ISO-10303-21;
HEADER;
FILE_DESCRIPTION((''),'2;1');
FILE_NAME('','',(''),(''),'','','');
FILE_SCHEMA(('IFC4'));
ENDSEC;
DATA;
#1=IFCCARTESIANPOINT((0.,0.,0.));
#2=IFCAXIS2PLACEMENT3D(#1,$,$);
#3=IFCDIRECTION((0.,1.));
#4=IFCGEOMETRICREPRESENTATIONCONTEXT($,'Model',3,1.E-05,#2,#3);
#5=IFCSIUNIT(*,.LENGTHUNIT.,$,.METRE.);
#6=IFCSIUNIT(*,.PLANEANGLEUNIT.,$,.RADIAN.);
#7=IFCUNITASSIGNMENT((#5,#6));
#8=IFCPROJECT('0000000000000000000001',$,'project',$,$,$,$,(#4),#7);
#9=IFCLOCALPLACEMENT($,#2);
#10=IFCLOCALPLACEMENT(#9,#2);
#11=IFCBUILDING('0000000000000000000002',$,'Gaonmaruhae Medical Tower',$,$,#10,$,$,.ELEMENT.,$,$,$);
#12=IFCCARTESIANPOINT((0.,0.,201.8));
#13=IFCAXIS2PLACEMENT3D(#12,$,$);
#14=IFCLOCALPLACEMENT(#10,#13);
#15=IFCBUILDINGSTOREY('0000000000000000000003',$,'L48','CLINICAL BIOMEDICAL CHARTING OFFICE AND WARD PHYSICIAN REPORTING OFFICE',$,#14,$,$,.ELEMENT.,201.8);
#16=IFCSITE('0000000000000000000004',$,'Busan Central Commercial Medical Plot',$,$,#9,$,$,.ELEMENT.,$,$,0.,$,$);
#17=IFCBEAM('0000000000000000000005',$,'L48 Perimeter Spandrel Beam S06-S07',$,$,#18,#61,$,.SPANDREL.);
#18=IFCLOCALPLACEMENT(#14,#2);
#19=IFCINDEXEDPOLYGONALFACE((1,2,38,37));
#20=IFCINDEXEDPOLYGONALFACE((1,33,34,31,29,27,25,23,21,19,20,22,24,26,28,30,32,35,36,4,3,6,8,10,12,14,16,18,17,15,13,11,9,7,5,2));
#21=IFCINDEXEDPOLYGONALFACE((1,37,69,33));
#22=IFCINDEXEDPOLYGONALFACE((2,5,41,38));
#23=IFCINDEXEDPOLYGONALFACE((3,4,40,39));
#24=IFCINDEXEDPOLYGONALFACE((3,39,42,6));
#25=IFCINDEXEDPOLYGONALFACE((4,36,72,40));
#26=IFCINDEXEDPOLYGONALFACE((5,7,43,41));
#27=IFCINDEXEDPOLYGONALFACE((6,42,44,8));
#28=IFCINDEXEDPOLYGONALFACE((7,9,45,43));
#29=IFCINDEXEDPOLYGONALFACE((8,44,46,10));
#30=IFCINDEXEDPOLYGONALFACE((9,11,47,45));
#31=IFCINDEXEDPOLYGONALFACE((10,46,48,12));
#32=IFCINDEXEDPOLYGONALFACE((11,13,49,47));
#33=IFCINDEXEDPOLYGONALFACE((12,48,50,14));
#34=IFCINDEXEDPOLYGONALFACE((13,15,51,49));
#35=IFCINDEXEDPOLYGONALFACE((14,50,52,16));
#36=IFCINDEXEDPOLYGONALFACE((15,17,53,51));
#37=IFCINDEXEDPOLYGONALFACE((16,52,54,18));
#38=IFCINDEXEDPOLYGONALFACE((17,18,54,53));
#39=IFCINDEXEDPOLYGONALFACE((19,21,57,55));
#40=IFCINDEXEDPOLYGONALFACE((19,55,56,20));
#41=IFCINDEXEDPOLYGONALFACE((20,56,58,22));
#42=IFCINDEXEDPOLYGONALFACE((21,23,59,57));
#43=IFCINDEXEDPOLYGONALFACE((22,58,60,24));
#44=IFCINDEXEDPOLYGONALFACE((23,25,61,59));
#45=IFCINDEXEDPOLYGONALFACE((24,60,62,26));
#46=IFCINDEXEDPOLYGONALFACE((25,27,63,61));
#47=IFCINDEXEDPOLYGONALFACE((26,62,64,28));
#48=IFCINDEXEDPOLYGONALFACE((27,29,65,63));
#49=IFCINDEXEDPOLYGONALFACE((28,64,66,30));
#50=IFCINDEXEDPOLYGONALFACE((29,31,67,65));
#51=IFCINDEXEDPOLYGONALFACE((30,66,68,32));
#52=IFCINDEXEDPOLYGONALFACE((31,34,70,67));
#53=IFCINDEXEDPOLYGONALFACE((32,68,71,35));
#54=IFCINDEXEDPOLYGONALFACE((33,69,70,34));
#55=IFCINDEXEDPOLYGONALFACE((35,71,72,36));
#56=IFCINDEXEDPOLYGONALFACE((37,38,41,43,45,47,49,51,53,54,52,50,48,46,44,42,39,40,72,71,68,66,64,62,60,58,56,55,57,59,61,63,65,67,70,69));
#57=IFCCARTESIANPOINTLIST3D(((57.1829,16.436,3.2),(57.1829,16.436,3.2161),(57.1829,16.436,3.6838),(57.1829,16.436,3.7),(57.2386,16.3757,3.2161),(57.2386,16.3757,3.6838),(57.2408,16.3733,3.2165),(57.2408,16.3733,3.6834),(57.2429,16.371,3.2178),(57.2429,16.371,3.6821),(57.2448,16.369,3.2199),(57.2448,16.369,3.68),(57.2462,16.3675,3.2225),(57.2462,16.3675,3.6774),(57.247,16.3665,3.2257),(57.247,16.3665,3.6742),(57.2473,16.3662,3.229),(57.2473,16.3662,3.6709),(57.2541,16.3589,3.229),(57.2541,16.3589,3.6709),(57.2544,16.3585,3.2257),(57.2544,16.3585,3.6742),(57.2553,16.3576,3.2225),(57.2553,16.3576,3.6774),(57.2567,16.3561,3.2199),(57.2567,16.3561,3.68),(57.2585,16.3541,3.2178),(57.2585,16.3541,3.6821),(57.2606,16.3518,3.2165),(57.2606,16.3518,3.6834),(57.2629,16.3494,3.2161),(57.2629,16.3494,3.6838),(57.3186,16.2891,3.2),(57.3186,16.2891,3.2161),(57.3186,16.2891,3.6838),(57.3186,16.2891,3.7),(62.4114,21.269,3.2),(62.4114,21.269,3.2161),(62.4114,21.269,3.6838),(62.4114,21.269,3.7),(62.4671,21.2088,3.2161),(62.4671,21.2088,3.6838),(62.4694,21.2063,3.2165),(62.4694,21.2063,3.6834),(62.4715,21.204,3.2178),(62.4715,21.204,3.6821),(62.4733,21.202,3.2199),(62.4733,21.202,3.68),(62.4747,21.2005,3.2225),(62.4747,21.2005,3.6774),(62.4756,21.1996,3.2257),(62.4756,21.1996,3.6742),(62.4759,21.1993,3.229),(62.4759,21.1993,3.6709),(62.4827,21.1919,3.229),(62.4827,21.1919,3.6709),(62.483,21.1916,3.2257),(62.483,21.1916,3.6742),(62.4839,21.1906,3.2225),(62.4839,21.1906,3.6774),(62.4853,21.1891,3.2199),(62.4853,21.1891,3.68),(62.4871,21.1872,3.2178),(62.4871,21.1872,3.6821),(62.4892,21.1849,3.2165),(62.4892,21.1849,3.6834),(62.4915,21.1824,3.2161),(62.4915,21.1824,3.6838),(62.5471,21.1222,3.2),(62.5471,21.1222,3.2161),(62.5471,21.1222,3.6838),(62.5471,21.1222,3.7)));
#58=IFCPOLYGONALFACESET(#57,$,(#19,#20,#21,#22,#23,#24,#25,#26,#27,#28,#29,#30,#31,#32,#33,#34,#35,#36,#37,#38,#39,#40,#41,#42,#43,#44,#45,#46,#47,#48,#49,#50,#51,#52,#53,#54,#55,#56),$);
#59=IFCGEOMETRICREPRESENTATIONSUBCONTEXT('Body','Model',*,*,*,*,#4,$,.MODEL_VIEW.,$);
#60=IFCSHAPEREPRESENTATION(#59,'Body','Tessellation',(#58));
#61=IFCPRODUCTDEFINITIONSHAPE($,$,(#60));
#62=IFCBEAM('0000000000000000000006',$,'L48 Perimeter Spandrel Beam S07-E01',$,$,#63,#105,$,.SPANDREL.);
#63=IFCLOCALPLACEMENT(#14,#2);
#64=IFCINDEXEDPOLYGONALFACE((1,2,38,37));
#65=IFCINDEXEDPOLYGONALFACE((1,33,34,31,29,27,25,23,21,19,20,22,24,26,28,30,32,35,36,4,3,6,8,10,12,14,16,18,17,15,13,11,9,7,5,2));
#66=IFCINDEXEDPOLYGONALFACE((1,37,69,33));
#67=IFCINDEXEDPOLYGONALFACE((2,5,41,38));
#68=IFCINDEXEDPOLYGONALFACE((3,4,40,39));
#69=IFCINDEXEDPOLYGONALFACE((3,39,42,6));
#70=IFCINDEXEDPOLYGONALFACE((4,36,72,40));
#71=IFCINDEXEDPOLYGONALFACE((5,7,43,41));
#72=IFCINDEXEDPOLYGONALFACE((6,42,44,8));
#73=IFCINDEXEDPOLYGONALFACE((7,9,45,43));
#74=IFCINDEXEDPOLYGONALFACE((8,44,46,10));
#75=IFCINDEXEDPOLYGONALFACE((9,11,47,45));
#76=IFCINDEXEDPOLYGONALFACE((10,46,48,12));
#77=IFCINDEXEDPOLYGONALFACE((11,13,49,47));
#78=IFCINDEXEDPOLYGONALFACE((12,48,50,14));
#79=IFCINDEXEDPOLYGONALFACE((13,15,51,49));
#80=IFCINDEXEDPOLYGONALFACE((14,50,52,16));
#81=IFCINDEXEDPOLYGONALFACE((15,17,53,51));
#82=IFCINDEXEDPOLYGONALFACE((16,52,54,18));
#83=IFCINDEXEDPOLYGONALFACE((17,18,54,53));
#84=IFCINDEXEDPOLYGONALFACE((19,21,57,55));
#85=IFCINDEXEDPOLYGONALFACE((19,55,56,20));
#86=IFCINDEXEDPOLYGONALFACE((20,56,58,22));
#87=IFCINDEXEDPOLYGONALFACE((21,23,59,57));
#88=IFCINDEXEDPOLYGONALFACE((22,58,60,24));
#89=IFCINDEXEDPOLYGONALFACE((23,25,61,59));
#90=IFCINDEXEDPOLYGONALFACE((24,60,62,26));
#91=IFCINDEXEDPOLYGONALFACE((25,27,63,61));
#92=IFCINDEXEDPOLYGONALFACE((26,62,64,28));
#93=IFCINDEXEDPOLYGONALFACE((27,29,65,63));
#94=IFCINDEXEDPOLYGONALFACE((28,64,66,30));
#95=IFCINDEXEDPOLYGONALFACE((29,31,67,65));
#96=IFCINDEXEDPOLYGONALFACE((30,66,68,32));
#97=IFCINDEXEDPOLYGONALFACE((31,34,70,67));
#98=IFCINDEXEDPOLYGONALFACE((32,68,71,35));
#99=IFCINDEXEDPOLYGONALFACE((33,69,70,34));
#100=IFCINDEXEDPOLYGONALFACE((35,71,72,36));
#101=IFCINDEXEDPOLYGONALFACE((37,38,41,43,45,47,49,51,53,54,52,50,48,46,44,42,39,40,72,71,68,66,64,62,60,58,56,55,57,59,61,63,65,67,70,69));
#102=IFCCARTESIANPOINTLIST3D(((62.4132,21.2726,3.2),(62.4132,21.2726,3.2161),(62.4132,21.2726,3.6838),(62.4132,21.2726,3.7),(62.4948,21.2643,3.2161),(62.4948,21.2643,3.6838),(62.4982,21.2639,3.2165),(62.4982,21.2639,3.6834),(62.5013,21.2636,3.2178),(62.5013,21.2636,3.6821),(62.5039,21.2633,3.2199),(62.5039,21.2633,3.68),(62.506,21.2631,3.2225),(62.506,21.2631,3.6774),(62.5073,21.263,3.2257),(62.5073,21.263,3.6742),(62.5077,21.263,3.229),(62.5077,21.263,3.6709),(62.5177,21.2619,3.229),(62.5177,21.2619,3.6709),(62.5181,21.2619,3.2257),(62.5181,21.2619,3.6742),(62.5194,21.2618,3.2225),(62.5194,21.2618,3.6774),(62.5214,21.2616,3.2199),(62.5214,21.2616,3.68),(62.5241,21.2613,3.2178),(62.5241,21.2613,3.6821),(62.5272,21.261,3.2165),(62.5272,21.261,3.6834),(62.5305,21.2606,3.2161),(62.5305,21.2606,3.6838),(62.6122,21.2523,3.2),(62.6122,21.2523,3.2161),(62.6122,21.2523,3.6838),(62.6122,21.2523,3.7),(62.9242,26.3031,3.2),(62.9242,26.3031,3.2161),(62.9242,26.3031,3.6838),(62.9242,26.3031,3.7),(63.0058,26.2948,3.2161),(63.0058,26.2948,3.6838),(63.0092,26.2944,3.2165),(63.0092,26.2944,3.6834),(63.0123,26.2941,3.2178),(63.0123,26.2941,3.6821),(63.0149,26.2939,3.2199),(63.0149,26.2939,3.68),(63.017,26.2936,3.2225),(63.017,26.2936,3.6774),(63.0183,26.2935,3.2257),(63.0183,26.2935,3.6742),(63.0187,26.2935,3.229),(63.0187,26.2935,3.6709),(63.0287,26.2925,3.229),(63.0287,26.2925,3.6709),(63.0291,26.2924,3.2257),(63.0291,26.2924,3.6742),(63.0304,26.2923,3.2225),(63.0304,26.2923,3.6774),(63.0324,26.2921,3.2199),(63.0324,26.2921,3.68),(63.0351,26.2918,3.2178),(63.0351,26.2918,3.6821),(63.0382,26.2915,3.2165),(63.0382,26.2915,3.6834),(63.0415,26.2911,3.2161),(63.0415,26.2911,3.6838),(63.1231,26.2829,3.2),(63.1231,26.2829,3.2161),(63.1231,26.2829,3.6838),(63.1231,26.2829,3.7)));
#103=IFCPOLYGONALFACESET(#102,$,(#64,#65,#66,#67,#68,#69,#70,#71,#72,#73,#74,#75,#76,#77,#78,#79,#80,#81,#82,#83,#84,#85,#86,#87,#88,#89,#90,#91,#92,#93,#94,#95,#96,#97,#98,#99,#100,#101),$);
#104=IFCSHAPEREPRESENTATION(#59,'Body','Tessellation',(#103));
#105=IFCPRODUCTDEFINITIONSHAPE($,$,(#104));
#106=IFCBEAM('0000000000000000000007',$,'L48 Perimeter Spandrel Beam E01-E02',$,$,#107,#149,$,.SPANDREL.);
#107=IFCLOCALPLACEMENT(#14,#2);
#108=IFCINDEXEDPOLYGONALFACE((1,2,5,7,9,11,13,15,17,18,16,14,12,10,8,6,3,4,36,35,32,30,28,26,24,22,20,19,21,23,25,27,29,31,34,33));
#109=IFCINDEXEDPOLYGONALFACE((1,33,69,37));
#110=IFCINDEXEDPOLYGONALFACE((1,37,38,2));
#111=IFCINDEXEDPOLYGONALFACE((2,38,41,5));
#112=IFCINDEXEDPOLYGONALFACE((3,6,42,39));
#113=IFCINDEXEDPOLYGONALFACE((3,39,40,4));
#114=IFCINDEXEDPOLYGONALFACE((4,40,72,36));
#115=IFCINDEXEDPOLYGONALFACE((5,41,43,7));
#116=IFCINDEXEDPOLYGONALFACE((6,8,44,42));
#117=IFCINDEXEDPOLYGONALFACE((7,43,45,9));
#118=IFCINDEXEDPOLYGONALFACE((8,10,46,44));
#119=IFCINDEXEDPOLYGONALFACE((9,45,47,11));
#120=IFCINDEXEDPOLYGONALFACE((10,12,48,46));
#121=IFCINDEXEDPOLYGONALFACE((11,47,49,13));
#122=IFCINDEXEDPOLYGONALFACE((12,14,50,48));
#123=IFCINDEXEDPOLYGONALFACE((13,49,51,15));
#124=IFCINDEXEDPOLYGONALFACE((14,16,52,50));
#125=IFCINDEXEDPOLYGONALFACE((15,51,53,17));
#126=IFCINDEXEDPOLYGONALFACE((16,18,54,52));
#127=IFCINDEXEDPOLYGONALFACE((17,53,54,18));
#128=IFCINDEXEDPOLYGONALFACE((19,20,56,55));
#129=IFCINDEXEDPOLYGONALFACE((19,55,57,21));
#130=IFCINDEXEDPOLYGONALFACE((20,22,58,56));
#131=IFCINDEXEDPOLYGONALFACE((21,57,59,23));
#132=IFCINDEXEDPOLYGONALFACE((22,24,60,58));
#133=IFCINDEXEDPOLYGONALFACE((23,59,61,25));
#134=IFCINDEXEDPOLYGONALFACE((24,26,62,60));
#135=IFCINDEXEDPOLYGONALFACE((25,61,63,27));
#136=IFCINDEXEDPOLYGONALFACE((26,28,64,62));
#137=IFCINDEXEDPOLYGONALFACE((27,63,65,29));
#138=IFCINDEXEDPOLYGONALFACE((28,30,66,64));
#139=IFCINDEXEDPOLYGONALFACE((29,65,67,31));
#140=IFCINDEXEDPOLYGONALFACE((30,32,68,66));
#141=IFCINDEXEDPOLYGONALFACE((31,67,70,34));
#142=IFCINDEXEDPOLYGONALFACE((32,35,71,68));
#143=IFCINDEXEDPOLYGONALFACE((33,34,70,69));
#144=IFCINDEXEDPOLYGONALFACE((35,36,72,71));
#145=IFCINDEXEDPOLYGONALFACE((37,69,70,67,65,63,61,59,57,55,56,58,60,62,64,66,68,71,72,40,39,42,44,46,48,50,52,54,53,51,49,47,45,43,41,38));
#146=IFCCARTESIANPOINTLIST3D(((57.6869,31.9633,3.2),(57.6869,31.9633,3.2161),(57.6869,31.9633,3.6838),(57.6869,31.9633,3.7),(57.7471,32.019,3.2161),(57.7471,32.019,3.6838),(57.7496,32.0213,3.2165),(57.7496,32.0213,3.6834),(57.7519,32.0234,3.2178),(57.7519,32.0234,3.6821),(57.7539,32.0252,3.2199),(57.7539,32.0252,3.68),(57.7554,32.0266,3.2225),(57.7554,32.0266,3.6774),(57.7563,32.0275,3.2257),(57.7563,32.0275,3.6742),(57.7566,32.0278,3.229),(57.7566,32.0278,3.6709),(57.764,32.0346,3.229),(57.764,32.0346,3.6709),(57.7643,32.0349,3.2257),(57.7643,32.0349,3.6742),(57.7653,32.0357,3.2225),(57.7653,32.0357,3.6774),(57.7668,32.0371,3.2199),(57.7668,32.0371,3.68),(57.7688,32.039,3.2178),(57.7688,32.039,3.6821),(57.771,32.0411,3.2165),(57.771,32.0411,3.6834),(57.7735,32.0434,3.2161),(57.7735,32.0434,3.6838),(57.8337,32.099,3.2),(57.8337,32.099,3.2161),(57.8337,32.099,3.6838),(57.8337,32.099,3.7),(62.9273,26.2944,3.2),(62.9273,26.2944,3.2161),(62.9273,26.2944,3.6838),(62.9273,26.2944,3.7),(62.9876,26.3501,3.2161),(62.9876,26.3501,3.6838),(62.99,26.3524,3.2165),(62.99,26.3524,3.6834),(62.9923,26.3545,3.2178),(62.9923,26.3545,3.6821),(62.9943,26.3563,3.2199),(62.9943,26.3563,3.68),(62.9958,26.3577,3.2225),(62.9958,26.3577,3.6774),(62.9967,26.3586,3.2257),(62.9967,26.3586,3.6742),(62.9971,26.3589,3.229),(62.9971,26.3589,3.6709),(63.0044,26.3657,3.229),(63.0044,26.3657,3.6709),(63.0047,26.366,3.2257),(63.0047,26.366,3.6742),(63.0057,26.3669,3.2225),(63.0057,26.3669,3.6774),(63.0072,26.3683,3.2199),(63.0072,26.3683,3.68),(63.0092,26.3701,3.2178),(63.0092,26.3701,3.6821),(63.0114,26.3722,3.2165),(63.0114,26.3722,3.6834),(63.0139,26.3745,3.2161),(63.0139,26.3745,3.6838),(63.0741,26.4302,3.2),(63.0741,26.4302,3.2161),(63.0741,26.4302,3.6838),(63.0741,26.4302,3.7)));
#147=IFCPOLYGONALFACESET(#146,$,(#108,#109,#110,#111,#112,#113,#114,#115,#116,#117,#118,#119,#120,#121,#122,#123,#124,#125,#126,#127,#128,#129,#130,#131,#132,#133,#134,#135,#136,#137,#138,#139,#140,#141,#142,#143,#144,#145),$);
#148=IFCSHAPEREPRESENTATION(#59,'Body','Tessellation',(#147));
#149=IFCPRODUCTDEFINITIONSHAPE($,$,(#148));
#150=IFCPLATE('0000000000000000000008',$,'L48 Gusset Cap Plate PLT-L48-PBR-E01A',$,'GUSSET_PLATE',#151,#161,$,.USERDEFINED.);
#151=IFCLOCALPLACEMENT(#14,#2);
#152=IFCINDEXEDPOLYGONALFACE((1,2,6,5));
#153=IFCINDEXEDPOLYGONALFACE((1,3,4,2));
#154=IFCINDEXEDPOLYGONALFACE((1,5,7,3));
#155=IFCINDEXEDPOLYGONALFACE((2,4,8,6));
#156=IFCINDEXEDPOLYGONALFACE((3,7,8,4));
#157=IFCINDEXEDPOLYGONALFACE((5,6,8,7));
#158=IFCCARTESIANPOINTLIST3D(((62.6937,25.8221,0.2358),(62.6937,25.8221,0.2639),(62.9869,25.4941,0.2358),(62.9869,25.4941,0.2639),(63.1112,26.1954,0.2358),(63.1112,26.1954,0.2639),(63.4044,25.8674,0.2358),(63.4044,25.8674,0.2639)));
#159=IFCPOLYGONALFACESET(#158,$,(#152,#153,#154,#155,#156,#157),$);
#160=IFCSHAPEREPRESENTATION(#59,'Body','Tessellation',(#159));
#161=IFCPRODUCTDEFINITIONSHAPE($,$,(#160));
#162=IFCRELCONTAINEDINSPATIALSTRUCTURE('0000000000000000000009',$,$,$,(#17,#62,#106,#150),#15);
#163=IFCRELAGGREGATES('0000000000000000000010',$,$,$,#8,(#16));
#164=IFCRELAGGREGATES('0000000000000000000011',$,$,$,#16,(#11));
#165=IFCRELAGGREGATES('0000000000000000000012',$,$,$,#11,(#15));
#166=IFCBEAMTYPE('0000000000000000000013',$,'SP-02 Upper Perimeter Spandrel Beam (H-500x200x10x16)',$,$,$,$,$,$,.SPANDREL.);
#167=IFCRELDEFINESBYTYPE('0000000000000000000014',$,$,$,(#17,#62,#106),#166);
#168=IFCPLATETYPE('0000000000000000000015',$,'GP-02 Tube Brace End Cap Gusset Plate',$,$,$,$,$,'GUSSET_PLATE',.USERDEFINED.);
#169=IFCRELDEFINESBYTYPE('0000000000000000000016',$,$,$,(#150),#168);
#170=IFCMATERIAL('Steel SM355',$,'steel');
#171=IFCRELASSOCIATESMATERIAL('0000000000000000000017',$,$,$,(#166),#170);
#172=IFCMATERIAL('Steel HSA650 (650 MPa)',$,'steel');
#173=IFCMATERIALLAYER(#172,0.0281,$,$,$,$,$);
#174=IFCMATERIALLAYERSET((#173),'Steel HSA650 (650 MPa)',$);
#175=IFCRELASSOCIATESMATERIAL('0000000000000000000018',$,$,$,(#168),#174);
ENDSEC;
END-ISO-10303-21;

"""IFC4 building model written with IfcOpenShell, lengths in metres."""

from ifc_helpers import new_model, si_unit, direction, frame, origin, origin_2d, place, context, subcontext, project, spatial, rectangle, i_section, extrude, material, layer, layer_set, material_profile, profile_set, type_object, element, save


model = new_model("IFC4")

# Units and contexts
model_context = context("Model", 3, precision=1e-05, world=origin(), true_north=direction((0.0, 1.0)))
body_context = subcontext(model_context, "Body", "Model", "MODEL_VIEW")
ifc_project = project(units=[si_unit("LENGTHUNIT", "METRE"), si_unit("PLANEANGLEUNIT", "RADIAN")], contexts=[model_context])

# Site, building, storey
site_placement = place(None, origin())
site = spatial("IfcSite", under=ifc_project, at=site_placement, Name="Busan Central Commercial Medical Plot", CompositionType="ELEMENT", RefElevation=0.0)
building_placement = place(site_placement, origin())
building = spatial("IfcBuilding", under=site, at=building_placement, Name="Gaonmaruhae Medical Tower", CompositionType="ELEMENT")
storey_placement = place(building_placement, frame((0.0, 0.0, 201.8)))
storey = spatial("IfcBuildingStorey", under=building, at=storey_placement, Name="L48", Description="CLINICAL BIOMEDICAL CHARTING OFFICE AND WARD PHYSICIAN REPORTING OFFICE", CompositionType="ELEMENT", Elevation=201.8)

# Shared definitions
ifc_material_1 = material(Name="Steel SM355", Category="steel")

# Beams
ifc_material_profile_1 = material_profile(ifc_material_1, i_section(OverallWidth=0.2, OverallDepth=0.5, WebThickness=0.01, FlangeThickness=0.0161, FilletRadius=0.0129, at=origin_2d()), Name="H-500x200x10x16")
ifc_profile_set_1 = profile_set([ifc_material_profile_1], Name="Steel SM355")
beam_type_1 = type_object("IfcBeamType", Name="SP-02 Upper Perimeter Spandrel Beam (H-500x200x10x16)", PredefinedType="SPANDREL", material=ifc_profile_set_1)
beam_1_placement = place(storey_placement, frame((57.2507, 16.3625, 3.45), z_axis=(0.734335, 0.678787, 0.0), x_axis=(-0.678787, 0.734335, 0.0)))
element("IfcBeam", 1, at=beam_1_placement, inside=storey, type_object=beam_type_1, Name="L48 Perimeter Spandrel Beam S06-S07", PredefinedType="SPANDREL", context=body_context, shape_type="SweptSolid", body=[
    extrude(i_section(OverallWidth=0.2, OverallDepth=0.5, WebThickness=0.01, FlangeThickness=0.0161, FilletRadius=0.0129, at=origin_2d()), origin(), (0.0, 0.0, 1.0), 7.1201),
])
beam_2_placement = place(storey_placement, frame((62.5127, 21.2625, 3.45), z_axis=(0.101057, 0.994881, 0.0), x_axis=(-0.994881, 0.101057, 0.0)))
element("IfcBeam", 2, at=beam_2_placement, inside=storey, type_object=beam_type_1, Name="L48 Perimeter Spandrel Beam S07-E01", PredefinedType="SPANDREL", context=body_context, shape_type="SweptSolid", body=[
    extrude(i_section(OverallWidth=0.2, OverallDepth=0.5, WebThickness=0.01, FlangeThickness=0.0161, FilletRadius=0.0129, at=origin_2d()), origin(), (0.0, 0.0, 1.0), 5.0564),
])
beam_3_placement = place(storey_placement, frame((63.0007, 26.3623, 3.45), z_axis=(-0.678812, 0.734312, 0.0), x_axis=(-0.734312, -0.678812, 0.0)))
element("IfcBeam", 3, at=beam_3_placement, inside=storey, type_object=beam_type_1, Name="L48 Perimeter Spandrel Beam E01-E02", PredefinedType="SPANDREL", context=body_context, shape_type="SweptSolid", body=[
    extrude(i_section(OverallWidth=0.2, OverallDepth=0.5, WebThickness=0.01, FlangeThickness=0.0161, FilletRadius=0.0129, at=origin_2d()), origin(), (0.0, 0.0, 1.0), 7.72),
])

# Plate
ifc_material_2 = material(Name="Steel HSA650 (650 MPa)", Category="steel")
ifc_layer_1 = layer(ifc_material_2, 0.0281)
ifc_layer_set_1 = layer_set([ifc_layer_1], Name="Steel HSA650 (650 MPa)")
plate_type = type_object("IfcPlateType", Name="GP-02 Tube Brace End Cap Gusset Plate", ElementType="GUSSET_PLATE", PredefinedType="USERDEFINED", material=ifc_layer_set_1)
plate_placement = place(storey_placement, frame((63.0491, 25.8447, 0.2358), z_axis=(0.0, 0.0, 1.0), x_axis=(0.745476, 0.666532, 0.0)))
element("IfcPlate", 4, at=plate_placement, inside=storey, type_object=plate_type, Name="L48 Gusset Cap Plate PLT-L48-PBR-E01A", ObjectType="GUSSET_PLATE", PredefinedType="USERDEFINED", context=body_context, shape_type="SweptSolid", body=[
    extrude(rectangle(XDim=0.5601, YDim=0.4399, at=origin_2d()), origin(), (0.0, 0.0, 1.0), 0.0281),
])

save(model, "model.ifc")
